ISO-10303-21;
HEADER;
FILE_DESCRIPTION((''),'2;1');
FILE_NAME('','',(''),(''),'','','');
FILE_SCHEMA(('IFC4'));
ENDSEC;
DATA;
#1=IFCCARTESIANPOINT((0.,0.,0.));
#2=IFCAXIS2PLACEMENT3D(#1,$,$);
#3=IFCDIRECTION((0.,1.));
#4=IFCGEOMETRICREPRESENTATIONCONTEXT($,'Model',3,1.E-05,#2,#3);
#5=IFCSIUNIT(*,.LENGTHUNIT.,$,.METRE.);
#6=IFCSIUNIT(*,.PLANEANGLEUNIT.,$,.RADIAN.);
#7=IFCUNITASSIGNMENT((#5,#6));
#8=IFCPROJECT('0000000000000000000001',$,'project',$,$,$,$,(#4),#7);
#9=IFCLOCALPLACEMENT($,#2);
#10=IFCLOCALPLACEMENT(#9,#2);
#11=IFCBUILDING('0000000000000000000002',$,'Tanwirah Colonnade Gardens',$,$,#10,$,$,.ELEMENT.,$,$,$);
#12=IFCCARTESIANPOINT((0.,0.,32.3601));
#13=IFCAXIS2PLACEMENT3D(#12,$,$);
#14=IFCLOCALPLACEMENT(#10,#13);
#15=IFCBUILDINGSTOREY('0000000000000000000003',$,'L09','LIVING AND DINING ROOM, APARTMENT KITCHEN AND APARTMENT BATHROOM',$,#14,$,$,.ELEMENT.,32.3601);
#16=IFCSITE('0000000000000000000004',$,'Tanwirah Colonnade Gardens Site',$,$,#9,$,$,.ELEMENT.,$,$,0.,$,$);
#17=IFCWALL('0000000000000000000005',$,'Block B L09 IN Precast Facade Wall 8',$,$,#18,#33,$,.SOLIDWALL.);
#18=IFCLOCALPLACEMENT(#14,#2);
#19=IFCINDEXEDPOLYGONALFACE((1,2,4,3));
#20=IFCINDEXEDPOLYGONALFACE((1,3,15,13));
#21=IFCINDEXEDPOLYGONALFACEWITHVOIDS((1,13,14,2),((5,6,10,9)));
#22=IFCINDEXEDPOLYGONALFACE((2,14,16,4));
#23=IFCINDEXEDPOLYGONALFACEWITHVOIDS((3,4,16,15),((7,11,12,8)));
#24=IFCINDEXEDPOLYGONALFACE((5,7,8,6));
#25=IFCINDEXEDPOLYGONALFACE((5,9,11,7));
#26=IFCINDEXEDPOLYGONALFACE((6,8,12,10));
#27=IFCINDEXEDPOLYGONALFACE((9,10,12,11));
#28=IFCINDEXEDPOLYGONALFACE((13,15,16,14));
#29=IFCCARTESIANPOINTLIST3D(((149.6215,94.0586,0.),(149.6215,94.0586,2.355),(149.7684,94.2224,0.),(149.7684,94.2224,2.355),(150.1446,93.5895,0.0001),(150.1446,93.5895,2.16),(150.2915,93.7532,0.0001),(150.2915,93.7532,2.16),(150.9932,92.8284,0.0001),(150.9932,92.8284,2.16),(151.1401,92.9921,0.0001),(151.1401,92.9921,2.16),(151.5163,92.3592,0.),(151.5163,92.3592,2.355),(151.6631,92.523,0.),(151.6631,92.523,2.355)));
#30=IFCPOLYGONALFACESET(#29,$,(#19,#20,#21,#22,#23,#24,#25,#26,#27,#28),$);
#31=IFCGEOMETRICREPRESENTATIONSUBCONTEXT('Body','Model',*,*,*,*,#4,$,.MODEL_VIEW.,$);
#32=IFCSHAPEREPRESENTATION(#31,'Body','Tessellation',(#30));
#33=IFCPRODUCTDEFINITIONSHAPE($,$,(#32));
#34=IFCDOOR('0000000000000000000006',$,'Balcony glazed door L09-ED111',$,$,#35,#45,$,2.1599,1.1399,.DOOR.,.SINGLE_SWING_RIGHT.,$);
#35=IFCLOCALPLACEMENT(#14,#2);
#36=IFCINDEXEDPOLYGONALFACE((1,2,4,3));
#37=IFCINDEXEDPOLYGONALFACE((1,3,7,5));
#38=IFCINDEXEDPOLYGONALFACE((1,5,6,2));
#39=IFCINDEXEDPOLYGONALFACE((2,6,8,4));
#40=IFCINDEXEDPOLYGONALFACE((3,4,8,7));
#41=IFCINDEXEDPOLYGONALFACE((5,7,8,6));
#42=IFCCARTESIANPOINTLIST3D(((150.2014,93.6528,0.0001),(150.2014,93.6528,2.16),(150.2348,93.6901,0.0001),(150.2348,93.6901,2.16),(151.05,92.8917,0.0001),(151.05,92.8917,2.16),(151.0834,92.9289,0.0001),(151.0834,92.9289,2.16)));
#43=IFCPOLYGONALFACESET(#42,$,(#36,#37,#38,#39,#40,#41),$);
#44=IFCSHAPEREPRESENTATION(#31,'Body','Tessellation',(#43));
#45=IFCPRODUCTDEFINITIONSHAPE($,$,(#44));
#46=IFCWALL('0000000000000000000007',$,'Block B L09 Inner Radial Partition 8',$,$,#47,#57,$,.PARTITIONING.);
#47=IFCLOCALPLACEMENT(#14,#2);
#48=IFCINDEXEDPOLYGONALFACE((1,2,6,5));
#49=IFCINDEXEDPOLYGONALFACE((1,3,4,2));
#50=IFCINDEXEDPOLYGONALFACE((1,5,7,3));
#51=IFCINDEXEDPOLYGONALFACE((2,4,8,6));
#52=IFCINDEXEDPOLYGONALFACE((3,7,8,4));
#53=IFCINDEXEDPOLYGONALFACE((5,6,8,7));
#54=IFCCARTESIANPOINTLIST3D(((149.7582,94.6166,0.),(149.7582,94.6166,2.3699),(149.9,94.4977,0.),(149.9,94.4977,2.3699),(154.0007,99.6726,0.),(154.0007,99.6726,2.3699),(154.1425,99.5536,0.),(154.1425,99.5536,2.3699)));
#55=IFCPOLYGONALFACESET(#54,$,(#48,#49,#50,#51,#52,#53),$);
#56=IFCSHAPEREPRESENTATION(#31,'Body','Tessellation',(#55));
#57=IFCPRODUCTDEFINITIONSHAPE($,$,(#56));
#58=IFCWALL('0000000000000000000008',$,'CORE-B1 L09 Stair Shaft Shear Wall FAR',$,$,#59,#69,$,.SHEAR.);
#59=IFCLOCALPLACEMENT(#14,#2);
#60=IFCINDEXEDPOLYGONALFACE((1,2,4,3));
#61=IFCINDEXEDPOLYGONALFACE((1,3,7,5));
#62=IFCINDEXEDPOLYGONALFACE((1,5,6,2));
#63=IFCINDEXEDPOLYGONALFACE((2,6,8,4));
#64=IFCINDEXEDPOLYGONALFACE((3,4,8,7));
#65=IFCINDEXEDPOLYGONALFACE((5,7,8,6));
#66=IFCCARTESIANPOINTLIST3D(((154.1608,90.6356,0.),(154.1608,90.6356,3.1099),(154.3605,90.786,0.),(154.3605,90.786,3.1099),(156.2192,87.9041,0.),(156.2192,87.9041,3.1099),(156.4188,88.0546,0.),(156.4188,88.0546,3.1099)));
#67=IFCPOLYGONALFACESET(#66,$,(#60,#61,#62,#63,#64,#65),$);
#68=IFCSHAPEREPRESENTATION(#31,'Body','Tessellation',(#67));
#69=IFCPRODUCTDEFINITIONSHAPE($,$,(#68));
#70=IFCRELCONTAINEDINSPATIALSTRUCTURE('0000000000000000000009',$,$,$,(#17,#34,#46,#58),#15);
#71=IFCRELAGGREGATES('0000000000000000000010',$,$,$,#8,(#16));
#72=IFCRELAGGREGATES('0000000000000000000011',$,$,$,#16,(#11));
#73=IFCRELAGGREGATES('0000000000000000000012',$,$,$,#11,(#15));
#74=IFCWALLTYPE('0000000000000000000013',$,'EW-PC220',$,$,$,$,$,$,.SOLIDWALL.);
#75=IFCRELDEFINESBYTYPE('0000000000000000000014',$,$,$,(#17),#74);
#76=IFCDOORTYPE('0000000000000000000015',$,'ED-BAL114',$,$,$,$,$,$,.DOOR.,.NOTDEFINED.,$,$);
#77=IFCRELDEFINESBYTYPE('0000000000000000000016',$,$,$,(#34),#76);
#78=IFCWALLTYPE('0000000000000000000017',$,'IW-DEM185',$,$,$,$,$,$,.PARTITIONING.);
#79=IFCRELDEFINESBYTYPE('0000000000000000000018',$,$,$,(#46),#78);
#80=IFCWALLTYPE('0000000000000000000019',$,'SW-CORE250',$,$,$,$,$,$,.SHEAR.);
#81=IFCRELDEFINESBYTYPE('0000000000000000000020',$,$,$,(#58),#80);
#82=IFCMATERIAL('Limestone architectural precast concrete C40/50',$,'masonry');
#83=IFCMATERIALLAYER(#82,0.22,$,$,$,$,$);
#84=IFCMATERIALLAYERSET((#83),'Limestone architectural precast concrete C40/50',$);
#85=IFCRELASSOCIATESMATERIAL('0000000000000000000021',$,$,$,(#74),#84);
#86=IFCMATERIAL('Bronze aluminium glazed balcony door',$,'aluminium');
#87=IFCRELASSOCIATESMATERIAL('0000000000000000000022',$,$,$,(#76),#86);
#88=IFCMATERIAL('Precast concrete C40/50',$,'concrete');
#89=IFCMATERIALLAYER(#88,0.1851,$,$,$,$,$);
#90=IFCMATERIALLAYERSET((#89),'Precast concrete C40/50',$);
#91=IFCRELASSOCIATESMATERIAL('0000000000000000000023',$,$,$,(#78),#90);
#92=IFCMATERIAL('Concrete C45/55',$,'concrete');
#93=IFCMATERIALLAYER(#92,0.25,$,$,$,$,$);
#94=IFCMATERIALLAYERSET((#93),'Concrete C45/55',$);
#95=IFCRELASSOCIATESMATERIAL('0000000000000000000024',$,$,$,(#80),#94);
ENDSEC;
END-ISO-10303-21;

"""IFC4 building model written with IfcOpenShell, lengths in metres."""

from ifc_helpers import new_model, si_unit, direction, frame, frame_2d, origin, place, context, subcontext, project, spatial, rectangle, extrude, material, layer, layer_set, type_object, element, fill, save


model = new_model("IFC4")

# Units and contexts
model_context = context("Model", 3, precision=1e-05, world=origin(), true_north=direction((0.0, 1.0)))
body_context = subcontext(model_context, "Body", "Model", "MODEL_VIEW")
ifc_project = project(units=[si_unit("LENGTHUNIT", "METRE"), si_unit("PLANEANGLEUNIT", "RADIAN")], contexts=[model_context])

# Site, building, storey
site_placement = place(None, origin())
site = spatial("IfcSite", under=ifc_project, at=site_placement, Name="Tanwirah Colonnade Gardens Site", CompositionType="ELEMENT", RefElevation=0.0)
building_placement = place(site_placement, origin())
building = spatial("IfcBuilding", under=site, at=building_placement, Name="Tanwirah Colonnade Gardens", CompositionType="ELEMENT")
storey_placement = place(building_placement, frame((0.0, 0.0, 32.3601)))
storey = spatial("IfcBuildingStorey", under=building, at=storey_placement, Name="L09", Description="LIVING AND DINING ROOM, APARTMENT KITCHEN AND APARTMENT BATHROOM", CompositionType="ELEMENT", Elevation=32.3601)

# Shared definitions
ifc_material_1 = material(Name="Precast concrete C40/50", Category="concrete")

# Wall, opening, door
ifc_material_2 = material(Name="Limestone architectural precast concrete C40/50", Category="masonry")
ifc_layer_1 = layer(ifc_material_2, 0.22)
ifc_layer_set_1 = layer_set([ifc_layer_1], Name="Limestone architectural precast concrete C40/50")
wall_type_1 = type_object("IfcWallType", Name="EW-PC220", PredefinedType="SOLIDWALL", material=ifc_layer_set_1)
wall_1_placement = place(storey_placement, frame((151.5896, 92.4412, 0.0), z_axis=(0.0, 0.0, 1.0), x_axis=(-0.744433, 0.667697, 0.0)))
wall_1 = element("IfcWall", 1, at=wall_1_placement, inside=storey, type_object=wall_type_1, Name="Block B L09 IN Precast Facade Wall 8", PredefinedType="SOLIDWALL", context=body_context, shape_type="SweptSolid", body=[
    extrude(rectangle(XDim=2.5452, YDim=0.22, at=frame_2d((1.2725, 0.0))), origin(), (0.0, 0.0, 1.0), 2.355),
])
opening_placement = place(wall_1_placement, frame((0.7026, 0.0, 0.0)))
opening = element("IfcOpeningElement", 2, at=opening_placement, cuts=wall_1, PredefinedType="OPENING", context=body_context, shape_type="SweptSolid", body=[
    extrude(rectangle(XDim=1.1399, YDim=2.1599, at=frame_2d((0.5698, 1.0801))), frame((0.0, 0.1199, 0.0), z_axis=(0.0, -1.0, 0.0), x_axis=(1.0, 0.0, 0.0)), (0.0, 0.0, 1.0), 0.24),
])
ifc_material_3 = material(Name="Bronze aluminium glazed balcony door", Category="aluminium")
door_type = type_object("IfcDoorType", Name="ED-BAL114", OperationType="NOTDEFINED", PredefinedType="DOOR", material=ifc_material_3)
door_placement = place(opening_placement, origin())
door = element("IfcDoor", 3, at=door_placement, inside=storey, type_object=door_type, Name="Balcony glazed door L09-ED111", OperationType="SINGLE_SWING_RIGHT", OverallHeight=2.1599, OverallWidth=1.1399, PredefinedType="DOOR", context=body_context, shape_type="SweptSolid", body=[
    extrude(rectangle(XDim=1.1399, YDim=2.1599, at=frame_2d((0.5698, 1.0801))), frame((0.0, 0.0249, 0.0), z_axis=(0.0, -1.0, 0.0), x_axis=(1.0, 0.0, 0.0)), (0.0, 0.0, 1.0), 0.05),
])
fill(opening, door)

# Walls
ifc_layer_2 = layer(ifc_material_1, 0.1851)
ifc_layer_set_2 = layer_set([ifc_layer_2], Name="Precast concrete C40/50")
wall_type_2 = type_object("IfcWallType", Name="IW-DEM185", PredefinedType="PARTITIONING", material=ifc_layer_set_2)
wall_2_placement = place(storey_placement, frame((149.8291, 94.5571, 0.0), z_axis=(0.0, 0.0, 1.0), x_axis=(0.642789, 0.766043, 0.0)))
element("IfcWall", 4, at=wall_2_placement, inside=storey, type_object=wall_type_2, Name="Block B L09 Inner Radial Partition 8", PredefinedType="PARTITIONING", context=body_context, shape_type="SweptSolid", body=[
    extrude(rectangle(XDim=6.6001, YDim=0.1851, at=frame_2d((3.3, 0.0))), origin(), (0.0, 0.0, 1.0), 2.3699),
])
ifc_material_4 = material(Name="Concrete C45/55", Category="concrete")
ifc_layer_3 = layer(ifc_material_4, 0.25)
ifc_layer_set_3 = layer_set([ifc_layer_3], Name="Concrete C45/55")
wall_type_3 = type_object("IfcWallType", Name="SW-CORE250", PredefinedType="SHEAR", material=ifc_layer_set_3)
wall_3_placement = place(storey_placement, frame((154.2607, 90.7107, 0.0), z_axis=(0.0, 0.0, 1.0), x_axis=(0.601826, -0.798627, 0.0)))
element("IfcWall", 5, at=wall_3_placement, inside=storey, type_object=wall_type_3, Name="CORE-B1 L09 Stair Shaft Shear Wall FAR", PredefinedType="SHEAR", context=body_context, shape_type="SweptSolid", body=[
    extrude(rectangle(XDim=3.4202, YDim=0.25, at=frame_2d((1.71, 0.0))), origin(), (0.0, 0.0, 1.0), 3.1099),
])

save(model, "model.ifc")
